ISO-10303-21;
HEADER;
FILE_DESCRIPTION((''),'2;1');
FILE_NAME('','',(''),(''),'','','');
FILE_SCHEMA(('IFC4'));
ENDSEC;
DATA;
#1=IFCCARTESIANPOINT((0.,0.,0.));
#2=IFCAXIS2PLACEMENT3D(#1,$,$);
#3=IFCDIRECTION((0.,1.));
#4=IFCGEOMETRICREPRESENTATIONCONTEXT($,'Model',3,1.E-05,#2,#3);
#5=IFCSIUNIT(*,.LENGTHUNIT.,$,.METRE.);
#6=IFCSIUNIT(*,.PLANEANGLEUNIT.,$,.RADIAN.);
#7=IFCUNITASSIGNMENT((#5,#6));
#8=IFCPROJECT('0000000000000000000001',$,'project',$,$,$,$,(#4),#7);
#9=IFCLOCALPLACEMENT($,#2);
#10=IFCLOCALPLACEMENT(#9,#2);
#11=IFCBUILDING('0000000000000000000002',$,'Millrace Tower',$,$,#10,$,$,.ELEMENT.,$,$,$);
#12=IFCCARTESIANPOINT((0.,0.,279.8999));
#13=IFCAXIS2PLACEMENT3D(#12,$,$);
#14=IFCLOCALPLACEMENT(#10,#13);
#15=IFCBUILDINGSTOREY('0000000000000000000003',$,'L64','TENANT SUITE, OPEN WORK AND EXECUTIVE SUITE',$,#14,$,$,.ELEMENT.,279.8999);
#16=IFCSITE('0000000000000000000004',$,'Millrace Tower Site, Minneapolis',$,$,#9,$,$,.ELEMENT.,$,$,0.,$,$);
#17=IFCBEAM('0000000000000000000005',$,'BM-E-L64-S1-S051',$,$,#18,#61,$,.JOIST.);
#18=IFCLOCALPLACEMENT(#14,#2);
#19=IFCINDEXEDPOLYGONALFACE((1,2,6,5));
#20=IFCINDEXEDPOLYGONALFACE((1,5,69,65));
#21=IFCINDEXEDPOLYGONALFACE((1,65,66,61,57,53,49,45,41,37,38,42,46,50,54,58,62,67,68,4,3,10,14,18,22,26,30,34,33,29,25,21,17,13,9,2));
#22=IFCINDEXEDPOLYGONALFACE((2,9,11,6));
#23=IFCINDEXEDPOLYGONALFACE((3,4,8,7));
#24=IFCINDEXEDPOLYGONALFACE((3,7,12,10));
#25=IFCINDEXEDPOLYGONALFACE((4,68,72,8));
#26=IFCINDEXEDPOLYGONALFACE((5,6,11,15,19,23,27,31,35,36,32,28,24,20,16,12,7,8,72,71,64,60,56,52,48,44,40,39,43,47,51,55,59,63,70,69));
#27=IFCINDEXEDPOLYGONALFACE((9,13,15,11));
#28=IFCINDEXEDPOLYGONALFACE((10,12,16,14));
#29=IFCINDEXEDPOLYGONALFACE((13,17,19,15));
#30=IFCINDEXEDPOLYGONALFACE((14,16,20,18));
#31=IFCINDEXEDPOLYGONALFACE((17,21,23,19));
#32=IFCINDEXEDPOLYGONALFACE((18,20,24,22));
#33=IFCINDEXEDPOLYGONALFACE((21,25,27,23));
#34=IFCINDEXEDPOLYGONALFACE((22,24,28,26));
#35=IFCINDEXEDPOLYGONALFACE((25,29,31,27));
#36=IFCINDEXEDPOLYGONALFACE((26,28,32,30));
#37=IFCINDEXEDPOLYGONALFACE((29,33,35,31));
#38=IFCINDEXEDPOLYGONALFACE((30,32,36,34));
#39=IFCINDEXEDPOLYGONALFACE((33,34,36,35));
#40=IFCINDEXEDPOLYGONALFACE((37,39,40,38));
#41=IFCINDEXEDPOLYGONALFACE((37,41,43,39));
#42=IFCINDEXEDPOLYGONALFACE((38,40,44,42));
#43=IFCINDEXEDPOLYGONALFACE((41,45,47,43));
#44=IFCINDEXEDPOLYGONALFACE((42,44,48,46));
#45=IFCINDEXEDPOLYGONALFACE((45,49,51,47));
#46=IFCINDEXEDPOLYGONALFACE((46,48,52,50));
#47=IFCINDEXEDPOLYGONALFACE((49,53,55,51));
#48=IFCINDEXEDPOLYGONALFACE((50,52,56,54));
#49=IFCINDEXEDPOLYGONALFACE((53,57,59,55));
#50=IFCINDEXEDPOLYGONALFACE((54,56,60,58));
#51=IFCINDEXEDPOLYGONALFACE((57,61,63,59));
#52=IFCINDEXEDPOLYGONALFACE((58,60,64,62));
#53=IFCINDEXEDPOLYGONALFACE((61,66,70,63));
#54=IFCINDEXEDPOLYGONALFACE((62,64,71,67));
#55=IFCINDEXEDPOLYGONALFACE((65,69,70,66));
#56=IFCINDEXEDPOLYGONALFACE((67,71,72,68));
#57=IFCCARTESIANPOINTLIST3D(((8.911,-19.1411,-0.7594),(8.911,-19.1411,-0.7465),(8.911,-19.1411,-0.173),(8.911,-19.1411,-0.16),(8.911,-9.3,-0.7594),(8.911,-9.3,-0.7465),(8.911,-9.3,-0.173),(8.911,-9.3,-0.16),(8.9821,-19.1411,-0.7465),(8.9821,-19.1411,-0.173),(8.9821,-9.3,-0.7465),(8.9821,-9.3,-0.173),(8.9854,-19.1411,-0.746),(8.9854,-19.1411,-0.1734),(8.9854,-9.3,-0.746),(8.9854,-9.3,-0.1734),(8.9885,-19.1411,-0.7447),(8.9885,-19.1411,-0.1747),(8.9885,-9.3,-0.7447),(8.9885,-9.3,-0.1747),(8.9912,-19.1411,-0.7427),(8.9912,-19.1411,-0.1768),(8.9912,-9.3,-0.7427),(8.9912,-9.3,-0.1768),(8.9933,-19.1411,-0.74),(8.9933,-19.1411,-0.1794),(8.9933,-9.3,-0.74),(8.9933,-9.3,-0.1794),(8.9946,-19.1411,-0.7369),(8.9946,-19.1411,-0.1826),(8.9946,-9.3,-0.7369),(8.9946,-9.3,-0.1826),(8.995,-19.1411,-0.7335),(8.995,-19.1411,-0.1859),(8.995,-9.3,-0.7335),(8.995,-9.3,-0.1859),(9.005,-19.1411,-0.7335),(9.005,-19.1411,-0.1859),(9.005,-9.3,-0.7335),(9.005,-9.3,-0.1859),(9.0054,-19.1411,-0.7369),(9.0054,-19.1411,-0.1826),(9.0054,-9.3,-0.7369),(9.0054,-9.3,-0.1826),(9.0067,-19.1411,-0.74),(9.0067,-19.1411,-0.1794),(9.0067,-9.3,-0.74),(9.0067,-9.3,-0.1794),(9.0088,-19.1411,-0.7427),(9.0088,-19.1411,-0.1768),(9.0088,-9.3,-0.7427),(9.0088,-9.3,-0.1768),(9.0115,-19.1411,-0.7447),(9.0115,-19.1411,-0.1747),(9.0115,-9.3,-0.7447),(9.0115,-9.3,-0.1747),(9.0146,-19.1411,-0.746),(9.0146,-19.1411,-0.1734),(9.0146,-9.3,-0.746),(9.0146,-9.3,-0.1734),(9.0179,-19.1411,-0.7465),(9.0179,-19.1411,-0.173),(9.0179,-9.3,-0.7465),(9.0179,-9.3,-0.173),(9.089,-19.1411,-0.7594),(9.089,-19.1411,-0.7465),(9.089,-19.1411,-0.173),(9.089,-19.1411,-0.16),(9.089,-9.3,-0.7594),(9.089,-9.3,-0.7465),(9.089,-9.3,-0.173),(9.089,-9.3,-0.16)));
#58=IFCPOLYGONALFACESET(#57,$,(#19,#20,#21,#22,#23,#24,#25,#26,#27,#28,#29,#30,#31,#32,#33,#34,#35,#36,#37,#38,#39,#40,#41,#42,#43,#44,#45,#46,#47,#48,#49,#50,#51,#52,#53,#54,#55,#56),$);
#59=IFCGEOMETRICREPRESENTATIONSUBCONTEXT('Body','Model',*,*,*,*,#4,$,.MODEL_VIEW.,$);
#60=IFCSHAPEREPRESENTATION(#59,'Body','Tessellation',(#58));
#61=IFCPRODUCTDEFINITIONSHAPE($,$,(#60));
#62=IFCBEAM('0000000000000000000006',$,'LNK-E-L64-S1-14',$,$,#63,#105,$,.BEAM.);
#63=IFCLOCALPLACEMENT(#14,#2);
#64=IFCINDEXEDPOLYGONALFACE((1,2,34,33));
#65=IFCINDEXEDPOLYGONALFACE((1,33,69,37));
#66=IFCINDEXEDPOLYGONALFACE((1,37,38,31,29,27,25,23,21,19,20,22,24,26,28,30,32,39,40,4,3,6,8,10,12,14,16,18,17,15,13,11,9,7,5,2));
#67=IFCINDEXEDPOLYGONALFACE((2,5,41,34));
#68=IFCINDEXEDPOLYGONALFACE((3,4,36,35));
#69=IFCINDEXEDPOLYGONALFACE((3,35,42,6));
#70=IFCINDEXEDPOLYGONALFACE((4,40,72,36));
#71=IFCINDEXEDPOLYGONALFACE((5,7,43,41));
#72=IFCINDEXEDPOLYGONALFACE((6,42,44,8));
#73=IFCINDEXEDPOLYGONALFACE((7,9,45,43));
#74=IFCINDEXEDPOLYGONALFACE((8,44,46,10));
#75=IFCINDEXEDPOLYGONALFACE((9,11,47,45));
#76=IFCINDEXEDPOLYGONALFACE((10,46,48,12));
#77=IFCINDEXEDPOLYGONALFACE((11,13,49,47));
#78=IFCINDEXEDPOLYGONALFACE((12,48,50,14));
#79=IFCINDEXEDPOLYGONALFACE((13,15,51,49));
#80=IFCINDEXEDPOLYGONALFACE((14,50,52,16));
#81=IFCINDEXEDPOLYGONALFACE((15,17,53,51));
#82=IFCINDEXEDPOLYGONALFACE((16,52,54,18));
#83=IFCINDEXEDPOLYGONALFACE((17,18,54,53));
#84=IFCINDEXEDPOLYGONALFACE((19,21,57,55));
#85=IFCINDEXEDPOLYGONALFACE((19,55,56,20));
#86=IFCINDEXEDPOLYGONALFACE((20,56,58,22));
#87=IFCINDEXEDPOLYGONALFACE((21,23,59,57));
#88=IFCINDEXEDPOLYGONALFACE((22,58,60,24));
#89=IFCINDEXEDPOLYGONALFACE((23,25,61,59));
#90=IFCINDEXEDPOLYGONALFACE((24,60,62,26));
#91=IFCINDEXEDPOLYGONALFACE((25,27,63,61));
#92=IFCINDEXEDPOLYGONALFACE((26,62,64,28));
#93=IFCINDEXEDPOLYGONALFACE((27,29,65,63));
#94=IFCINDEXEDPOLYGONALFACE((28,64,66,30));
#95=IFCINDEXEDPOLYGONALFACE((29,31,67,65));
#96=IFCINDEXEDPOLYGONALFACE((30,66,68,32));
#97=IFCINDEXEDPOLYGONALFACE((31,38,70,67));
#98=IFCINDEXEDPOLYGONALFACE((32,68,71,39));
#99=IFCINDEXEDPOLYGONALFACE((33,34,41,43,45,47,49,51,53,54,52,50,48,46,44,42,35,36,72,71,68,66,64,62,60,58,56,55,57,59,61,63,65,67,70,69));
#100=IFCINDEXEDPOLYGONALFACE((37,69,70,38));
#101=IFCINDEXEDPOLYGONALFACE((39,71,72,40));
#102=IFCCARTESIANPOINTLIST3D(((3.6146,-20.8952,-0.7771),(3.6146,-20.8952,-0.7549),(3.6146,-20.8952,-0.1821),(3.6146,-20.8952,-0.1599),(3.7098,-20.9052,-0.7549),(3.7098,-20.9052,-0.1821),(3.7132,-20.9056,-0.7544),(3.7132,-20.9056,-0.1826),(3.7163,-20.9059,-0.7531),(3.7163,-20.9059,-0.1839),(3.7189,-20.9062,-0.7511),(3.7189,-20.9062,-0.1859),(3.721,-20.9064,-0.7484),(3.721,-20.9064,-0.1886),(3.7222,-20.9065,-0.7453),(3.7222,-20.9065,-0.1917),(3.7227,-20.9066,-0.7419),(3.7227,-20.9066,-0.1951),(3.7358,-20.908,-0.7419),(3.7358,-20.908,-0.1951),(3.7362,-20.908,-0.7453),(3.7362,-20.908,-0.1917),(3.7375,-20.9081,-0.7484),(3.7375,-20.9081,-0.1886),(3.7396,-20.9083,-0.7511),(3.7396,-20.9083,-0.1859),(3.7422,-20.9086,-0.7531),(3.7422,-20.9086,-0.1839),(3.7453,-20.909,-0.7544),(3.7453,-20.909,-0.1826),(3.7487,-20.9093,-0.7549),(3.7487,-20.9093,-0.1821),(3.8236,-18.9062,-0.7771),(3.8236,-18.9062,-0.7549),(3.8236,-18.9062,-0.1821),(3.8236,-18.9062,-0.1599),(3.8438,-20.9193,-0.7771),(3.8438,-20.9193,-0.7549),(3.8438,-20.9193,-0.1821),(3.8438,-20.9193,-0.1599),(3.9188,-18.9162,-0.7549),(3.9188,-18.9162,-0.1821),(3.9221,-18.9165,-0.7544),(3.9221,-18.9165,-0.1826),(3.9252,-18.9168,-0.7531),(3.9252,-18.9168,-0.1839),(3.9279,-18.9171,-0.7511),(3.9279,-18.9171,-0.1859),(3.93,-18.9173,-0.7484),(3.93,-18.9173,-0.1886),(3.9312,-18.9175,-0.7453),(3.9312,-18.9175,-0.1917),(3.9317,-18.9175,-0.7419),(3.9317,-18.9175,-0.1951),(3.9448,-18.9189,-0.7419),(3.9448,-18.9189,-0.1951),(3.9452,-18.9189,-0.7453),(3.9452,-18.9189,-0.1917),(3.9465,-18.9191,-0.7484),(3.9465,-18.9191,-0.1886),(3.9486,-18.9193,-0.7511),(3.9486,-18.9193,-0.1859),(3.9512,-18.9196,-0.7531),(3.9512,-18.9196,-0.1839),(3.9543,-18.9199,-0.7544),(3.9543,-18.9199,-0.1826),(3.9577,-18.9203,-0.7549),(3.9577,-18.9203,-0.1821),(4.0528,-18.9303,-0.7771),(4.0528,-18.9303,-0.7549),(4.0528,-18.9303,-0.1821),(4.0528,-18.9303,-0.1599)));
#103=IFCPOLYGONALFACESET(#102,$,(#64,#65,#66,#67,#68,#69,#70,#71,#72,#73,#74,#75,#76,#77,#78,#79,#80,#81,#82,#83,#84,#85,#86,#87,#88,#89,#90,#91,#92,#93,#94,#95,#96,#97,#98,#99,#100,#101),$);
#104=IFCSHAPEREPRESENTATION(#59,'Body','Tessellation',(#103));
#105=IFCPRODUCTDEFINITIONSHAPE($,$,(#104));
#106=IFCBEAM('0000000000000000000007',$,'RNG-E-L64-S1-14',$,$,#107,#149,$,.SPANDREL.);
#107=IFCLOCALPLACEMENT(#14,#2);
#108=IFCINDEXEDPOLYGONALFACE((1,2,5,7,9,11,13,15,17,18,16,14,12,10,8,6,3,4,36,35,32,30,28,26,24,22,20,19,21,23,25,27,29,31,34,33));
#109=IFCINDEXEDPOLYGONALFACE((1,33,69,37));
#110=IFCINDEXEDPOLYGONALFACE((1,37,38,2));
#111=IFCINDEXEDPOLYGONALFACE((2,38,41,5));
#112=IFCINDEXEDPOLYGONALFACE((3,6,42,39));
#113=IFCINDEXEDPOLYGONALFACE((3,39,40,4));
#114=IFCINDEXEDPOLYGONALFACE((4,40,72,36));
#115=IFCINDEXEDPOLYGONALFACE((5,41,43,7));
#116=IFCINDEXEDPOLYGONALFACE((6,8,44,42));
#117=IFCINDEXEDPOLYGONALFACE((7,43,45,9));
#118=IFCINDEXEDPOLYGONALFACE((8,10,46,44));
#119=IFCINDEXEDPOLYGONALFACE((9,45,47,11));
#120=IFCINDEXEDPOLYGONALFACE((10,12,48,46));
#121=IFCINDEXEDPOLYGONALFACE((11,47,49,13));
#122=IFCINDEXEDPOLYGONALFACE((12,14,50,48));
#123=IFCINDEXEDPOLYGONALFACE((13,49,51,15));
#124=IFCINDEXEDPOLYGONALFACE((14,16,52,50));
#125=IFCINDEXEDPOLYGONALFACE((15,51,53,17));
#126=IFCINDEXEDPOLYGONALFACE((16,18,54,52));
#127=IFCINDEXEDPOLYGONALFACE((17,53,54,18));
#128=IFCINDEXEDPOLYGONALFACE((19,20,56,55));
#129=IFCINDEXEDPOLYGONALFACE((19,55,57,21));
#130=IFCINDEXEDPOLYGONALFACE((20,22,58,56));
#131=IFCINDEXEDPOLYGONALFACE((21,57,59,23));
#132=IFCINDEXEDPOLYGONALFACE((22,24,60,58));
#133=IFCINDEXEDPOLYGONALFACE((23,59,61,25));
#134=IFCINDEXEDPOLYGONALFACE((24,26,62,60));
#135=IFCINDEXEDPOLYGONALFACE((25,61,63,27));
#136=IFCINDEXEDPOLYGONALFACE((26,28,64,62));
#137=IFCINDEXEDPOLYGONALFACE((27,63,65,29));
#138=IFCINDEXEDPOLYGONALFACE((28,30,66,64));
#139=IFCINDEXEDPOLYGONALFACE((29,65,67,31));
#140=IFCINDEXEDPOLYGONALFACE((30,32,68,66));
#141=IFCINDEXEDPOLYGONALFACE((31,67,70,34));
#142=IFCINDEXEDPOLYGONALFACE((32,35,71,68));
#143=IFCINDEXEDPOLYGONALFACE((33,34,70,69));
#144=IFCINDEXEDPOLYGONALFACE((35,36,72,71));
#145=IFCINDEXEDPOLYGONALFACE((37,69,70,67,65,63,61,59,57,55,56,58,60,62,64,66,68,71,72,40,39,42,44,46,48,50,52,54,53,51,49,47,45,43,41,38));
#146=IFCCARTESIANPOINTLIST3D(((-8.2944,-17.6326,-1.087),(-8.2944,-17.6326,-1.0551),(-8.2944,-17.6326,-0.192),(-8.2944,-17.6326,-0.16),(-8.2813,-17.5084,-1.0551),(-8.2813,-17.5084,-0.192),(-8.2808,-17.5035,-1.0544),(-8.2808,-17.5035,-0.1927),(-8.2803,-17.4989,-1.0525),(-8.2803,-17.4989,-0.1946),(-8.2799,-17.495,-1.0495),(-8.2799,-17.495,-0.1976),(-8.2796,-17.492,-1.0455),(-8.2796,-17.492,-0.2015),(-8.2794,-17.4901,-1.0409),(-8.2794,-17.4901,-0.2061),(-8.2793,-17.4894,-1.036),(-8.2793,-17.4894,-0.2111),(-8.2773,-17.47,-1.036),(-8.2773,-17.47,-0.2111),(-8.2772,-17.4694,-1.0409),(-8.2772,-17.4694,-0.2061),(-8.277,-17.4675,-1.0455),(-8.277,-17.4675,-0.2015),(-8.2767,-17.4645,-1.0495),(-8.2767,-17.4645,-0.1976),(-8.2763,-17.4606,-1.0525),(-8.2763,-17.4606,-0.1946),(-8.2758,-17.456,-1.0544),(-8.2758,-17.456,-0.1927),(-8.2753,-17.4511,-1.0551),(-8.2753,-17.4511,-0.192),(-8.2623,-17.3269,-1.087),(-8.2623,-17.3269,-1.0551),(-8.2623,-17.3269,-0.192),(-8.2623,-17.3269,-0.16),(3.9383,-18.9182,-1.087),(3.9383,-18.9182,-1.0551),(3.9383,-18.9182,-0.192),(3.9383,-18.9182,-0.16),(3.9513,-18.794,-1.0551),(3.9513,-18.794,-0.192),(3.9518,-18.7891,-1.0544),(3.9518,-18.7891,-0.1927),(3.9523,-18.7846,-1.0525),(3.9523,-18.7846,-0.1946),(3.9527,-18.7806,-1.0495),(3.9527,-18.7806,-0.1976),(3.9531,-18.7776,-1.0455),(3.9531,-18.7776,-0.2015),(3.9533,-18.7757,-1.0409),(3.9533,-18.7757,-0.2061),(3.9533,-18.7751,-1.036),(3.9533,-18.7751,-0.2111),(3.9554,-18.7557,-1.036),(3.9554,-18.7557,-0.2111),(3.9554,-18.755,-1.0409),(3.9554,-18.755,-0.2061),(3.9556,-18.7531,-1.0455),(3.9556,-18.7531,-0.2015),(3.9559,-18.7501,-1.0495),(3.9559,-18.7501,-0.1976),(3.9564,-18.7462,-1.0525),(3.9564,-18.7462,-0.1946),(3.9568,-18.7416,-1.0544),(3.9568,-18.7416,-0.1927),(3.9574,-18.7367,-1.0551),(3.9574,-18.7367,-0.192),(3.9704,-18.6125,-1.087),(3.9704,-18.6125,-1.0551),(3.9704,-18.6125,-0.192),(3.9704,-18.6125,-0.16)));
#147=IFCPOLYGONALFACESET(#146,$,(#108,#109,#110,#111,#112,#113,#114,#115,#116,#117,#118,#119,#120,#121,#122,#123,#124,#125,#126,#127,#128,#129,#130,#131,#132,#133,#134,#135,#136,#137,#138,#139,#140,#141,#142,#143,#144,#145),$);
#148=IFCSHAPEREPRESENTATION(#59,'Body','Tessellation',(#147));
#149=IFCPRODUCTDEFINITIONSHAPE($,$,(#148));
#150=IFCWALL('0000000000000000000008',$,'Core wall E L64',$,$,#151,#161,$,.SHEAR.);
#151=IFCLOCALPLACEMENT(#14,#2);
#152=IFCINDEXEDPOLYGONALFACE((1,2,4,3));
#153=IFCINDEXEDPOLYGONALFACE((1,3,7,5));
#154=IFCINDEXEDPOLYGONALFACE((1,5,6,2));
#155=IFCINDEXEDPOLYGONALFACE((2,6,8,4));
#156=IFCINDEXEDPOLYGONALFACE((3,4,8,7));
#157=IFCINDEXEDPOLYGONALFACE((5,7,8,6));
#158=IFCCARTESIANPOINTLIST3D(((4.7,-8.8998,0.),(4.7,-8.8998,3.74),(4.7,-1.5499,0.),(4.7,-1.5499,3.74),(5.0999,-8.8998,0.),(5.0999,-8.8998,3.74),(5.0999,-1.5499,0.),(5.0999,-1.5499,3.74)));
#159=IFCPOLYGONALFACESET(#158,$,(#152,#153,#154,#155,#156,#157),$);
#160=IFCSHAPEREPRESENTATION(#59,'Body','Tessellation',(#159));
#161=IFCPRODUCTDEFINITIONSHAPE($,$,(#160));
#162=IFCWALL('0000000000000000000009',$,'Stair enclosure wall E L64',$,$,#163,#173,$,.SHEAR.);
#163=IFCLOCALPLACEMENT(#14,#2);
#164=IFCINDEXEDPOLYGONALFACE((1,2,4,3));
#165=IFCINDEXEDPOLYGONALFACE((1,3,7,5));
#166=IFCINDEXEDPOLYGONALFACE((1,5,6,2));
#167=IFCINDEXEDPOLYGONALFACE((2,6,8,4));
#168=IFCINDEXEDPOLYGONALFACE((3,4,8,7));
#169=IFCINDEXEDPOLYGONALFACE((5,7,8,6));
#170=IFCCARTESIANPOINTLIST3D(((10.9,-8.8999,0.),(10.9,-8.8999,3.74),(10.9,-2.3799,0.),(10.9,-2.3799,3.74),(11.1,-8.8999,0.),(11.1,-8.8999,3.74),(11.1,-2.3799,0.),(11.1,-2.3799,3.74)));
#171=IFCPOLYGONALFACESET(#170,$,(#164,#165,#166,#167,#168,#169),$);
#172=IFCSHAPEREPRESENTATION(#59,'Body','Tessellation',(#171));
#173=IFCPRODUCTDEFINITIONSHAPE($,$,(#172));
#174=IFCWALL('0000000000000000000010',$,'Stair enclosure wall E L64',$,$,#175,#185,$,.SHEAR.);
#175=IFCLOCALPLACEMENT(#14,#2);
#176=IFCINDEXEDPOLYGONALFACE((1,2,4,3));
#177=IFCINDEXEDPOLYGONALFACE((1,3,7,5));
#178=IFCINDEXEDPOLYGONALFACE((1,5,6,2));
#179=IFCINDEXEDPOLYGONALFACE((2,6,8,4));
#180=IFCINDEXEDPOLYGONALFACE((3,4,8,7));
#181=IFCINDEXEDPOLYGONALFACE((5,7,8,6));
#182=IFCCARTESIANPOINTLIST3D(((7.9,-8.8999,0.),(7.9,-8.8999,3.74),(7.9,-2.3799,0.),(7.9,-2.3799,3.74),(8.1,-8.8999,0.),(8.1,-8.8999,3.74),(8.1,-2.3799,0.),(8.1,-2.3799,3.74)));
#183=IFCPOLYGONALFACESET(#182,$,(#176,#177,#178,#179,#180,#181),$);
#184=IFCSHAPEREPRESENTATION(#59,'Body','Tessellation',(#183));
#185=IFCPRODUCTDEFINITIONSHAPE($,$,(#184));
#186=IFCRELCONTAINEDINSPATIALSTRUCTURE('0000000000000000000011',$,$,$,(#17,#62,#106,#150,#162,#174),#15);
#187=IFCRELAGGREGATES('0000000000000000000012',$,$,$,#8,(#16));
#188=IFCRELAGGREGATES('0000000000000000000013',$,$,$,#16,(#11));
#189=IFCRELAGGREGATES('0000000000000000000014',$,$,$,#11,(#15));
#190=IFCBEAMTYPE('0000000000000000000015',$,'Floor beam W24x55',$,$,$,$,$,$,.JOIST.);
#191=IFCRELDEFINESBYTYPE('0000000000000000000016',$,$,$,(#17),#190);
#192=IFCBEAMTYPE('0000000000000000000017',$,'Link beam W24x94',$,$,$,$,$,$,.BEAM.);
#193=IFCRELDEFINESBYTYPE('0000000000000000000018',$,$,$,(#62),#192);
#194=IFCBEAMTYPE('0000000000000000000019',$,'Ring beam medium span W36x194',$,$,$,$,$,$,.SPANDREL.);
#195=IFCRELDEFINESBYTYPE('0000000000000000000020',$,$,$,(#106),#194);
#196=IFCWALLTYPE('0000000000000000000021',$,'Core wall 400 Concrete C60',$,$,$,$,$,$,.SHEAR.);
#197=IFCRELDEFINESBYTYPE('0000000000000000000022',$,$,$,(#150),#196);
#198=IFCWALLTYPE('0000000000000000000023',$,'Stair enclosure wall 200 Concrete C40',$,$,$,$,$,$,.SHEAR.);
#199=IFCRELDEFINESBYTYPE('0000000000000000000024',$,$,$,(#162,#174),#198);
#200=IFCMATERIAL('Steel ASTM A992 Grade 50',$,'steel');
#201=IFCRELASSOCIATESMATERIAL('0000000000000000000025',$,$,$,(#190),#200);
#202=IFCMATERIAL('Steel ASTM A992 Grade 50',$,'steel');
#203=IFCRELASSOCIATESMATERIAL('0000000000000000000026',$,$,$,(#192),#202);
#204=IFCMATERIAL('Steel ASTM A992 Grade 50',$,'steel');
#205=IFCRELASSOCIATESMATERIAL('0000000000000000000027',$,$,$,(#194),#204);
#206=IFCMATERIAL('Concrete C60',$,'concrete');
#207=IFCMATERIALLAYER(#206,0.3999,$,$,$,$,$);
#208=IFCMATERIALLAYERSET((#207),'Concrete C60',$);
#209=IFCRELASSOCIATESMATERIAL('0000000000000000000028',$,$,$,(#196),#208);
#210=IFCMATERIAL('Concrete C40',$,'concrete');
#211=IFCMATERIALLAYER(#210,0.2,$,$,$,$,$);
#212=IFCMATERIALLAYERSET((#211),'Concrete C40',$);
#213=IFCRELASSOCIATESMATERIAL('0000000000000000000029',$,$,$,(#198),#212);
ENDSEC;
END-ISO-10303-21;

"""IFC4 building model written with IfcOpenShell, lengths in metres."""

from ifc_helpers import new_model, si_unit, direction, frame, frame_2d, origin, origin_2d, place, context, subcontext, project, spatial, rectangle, i_section, extrude, material, layer, layer_set, material_profile, profile_set, type_object, element, save


model = new_model("IFC4")

# Units and contexts
model_context = context("Model", 3, precision=1e-05, world=origin(), true_north=direction((0.0, 1.0)))
body_context = subcontext(model_context, "Body", "Model", "MODEL_VIEW")
ifc_project = project(units=[si_unit("LENGTHUNIT", "METRE"), si_unit("PLANEANGLEUNIT", "RADIAN")], contexts=[model_context])

# Site, building, storey
site_placement = place(None, origin())
site = spatial("IfcSite", under=ifc_project, at=site_placement, Name="Millrace Tower Site, Minneapolis", CompositionType="ELEMENT", RefElevation=0.0)
building_placement = place(site_placement, origin())
building = spatial("IfcBuilding", under=site, at=building_placement, Name="Millrace Tower", CompositionType="ELEMENT")
storey_placement = place(building_placement, frame((0.0, 0.0, 279.8999)))
storey = spatial("IfcBuildingStorey", under=building, at=storey_placement, Name="L64", Description="TENANT SUITE, OPEN WORK AND EXECUTIVE SUITE", CompositionType="ELEMENT", Elevation=279.8999)

# Beams
ifc_material_1 = material(Name="Steel ASTM A992 Grade 50", Category="steel")
ifc_material_profile_1 = material_profile(ifc_material_1, i_section(OverallWidth=0.178, OverallDepth=0.5994, WebThickness=0.01, FlangeThickness=0.0129, FilletRadius=0.0129, at=origin_2d()))
ifc_profile_set_1 = profile_set([ifc_material_profile_1], Name="Steel ASTM A992 Grade 50")
beam_type_1 = type_object("IfcBeamType", Name="Floor beam W24x55", PredefinedType="JOIST", material=ifc_profile_set_1)
beam_1_placement = place(storey_placement, frame((9.0, -19.1411, -0.4597), z_axis=(0.0, 1.0, 0.0), x_axis=(-1.0, 0.0, 0.0)))
element("IfcBeam", 1, at=beam_1_placement, inside=storey, type_object=beam_type_1, Name="BM-E-L64-S1-S051", PredefinedType="JOIST", context=body_context, shape_type="SweptSolid", body=[
    extrude(i_section(OverallWidth=0.178, OverallDepth=0.5994, WebThickness=0.01, FlangeThickness=0.0129, FilletRadius=0.0129, at=origin_2d()), origin(), (0.0, 0.0, 1.0), 9.8411),
])
ifc_material_2 = material(Name="Steel ASTM A992 Grade 50", Category="steel")
ifc_material_profile_2 = material_profile(ifc_material_2, i_section(OverallWidth=0.2305, OverallDepth=0.6172, WebThickness=0.0132, FlangeThickness=0.0222, FilletRadius=0.0129, at=origin_2d()))
ifc_profile_set_2 = profile_set([ifc_material_profile_2], Name="Steel ASTM A992 Grade 50")
beam_type_2 = type_object("IfcBeamType", Name="Link beam W24x94", PredefinedType="BEAM", material=ifc_profile_set_2)
beam_2_placement = place(storey_placement, frame((3.9382, -18.9182, -0.4685), z_axis=(-0.104494, -0.994526, 0.0), x_axis=(0.994526, -0.104494, 0.0)))
element("IfcBeam", 2, at=beam_2_placement, inside=storey, type_object=beam_type_2, Name="LNK-E-L64-S1-14", PredefinedType="BEAM", context=body_context, shape_type="SweptSolid", body=[
    extrude(i_section(OverallWidth=0.2305, OverallDepth=0.6172, WebThickness=0.0132, FlangeThickness=0.0222, FilletRadius=0.0129, at=origin_2d()), origin(), (0.0, 0.0, 1.0), 2.0),
])
ifc_material_3 = material(Name="Steel ASTM A992 Grade 50", Category="steel")
ifc_material_profile_3 = material_profile(ifc_material_3, i_section(OverallWidth=0.3074, OverallDepth=0.927, WebThickness=0.0195, FlangeThickness=0.032, FilletRadius=0.019, at=origin_2d()))
ifc_profile_set_3 = profile_set([ifc_material_profile_3], Name="Steel ASTM A992 Grade 50")
beam_type_3 = type_object("IfcBeamType", Name="Ring beam medium span W36x194", PredefinedType="SPANDREL", material=ifc_profile_set_3)
beam_3_placement = place(storey_placement, frame((3.9543, -18.7654, -0.6235), z_axis=(-0.994522, 0.104524, 0.0), x_axis=(-0.104524, -0.994522, 0.0)))
element("IfcBeam", 3, at=beam_3_placement, inside=storey, type_object=beam_type_3, Name="RNG-E-L64-S1-14", PredefinedType="SPANDREL", context=body_context, shape_type="SweptSolid", body=[
    extrude(i_section(OverallWidth=0.3074, OverallDepth=0.927, WebThickness=0.0195, FlangeThickness=0.032, FilletRadius=0.019, at=origin_2d()), origin(), (0.0, 0.0, 1.0), 12.3),
])

# Walls
ifc_material_4 = material(Name="Concrete C60", Category="concrete")
ifc_layer_1 = layer(ifc_material_4, 0.3999)
ifc_layer_set_1 = layer_set([ifc_layer_1], Name="Concrete C60")
wall_type_1 = type_object("IfcWallType", Name="Core wall 400 Concrete C60", PredefinedType="SHEAR", material=ifc_layer_set_1)
wall_placement = place(storey_placement, frame((4.8999, -1.55, 0.0), z_axis=(0.0, 0.0, 1.0), x_axis=(0.0, -1.0, 0.0)))
element("IfcWall", 4, at=wall_placement, inside=storey, type_object=wall_type_1, Name="Core wall E L64", PredefinedType="SHEAR", context=body_context, shape_type="SweptSolid", body=[
    extrude(rectangle(XDim=7.3499, YDim=0.3999, at=frame_2d((3.6748, 0.0))), origin(), (0.0, 0.0, 1.0), 3.74),
])
ifc_material_5 = material(Name="Concrete C40", Category="concrete")
ifc_layer_2 = layer(ifc_material_5, 0.2)
ifc_layer_set_2 = layer_set([ifc_layer_2], Name="Concrete C40")
wall_type_2 = type_object("IfcWallType", Name="Stair enclosure wall 200 Concrete C40", PredefinedType="SHEAR", material=ifc_layer_set_2)
for number, where, z_axis, x_axis, name in (
    (5, (11.0, -2.3799, 0.0), (0.0, 0.0, 1.0), (0.0, -1.0, 0.0), "Stair enclosure wall E L64"),
    (6, (8.0, -2.3799, 0.0), (0.0, 0.0, 1.0), (0.0, -1.0, 0.0), "Stair enclosure wall E L64"),
):
    element("IfcWall", number, at=place(storey_placement, frame(where, z_axis=z_axis, x_axis=x_axis)), inside=storey, type_object=wall_type_2, Name=name, PredefinedType="SHEAR", context=body_context, shape_type="SweptSolid", body=[
        extrude(rectangle(XDim=6.52, YDim=0.2, at=frame_2d((3.26, 0.0))), origin(), (0.0, 0.0, 1.0), 3.74),
    ])

save(model, "model.ifc")
